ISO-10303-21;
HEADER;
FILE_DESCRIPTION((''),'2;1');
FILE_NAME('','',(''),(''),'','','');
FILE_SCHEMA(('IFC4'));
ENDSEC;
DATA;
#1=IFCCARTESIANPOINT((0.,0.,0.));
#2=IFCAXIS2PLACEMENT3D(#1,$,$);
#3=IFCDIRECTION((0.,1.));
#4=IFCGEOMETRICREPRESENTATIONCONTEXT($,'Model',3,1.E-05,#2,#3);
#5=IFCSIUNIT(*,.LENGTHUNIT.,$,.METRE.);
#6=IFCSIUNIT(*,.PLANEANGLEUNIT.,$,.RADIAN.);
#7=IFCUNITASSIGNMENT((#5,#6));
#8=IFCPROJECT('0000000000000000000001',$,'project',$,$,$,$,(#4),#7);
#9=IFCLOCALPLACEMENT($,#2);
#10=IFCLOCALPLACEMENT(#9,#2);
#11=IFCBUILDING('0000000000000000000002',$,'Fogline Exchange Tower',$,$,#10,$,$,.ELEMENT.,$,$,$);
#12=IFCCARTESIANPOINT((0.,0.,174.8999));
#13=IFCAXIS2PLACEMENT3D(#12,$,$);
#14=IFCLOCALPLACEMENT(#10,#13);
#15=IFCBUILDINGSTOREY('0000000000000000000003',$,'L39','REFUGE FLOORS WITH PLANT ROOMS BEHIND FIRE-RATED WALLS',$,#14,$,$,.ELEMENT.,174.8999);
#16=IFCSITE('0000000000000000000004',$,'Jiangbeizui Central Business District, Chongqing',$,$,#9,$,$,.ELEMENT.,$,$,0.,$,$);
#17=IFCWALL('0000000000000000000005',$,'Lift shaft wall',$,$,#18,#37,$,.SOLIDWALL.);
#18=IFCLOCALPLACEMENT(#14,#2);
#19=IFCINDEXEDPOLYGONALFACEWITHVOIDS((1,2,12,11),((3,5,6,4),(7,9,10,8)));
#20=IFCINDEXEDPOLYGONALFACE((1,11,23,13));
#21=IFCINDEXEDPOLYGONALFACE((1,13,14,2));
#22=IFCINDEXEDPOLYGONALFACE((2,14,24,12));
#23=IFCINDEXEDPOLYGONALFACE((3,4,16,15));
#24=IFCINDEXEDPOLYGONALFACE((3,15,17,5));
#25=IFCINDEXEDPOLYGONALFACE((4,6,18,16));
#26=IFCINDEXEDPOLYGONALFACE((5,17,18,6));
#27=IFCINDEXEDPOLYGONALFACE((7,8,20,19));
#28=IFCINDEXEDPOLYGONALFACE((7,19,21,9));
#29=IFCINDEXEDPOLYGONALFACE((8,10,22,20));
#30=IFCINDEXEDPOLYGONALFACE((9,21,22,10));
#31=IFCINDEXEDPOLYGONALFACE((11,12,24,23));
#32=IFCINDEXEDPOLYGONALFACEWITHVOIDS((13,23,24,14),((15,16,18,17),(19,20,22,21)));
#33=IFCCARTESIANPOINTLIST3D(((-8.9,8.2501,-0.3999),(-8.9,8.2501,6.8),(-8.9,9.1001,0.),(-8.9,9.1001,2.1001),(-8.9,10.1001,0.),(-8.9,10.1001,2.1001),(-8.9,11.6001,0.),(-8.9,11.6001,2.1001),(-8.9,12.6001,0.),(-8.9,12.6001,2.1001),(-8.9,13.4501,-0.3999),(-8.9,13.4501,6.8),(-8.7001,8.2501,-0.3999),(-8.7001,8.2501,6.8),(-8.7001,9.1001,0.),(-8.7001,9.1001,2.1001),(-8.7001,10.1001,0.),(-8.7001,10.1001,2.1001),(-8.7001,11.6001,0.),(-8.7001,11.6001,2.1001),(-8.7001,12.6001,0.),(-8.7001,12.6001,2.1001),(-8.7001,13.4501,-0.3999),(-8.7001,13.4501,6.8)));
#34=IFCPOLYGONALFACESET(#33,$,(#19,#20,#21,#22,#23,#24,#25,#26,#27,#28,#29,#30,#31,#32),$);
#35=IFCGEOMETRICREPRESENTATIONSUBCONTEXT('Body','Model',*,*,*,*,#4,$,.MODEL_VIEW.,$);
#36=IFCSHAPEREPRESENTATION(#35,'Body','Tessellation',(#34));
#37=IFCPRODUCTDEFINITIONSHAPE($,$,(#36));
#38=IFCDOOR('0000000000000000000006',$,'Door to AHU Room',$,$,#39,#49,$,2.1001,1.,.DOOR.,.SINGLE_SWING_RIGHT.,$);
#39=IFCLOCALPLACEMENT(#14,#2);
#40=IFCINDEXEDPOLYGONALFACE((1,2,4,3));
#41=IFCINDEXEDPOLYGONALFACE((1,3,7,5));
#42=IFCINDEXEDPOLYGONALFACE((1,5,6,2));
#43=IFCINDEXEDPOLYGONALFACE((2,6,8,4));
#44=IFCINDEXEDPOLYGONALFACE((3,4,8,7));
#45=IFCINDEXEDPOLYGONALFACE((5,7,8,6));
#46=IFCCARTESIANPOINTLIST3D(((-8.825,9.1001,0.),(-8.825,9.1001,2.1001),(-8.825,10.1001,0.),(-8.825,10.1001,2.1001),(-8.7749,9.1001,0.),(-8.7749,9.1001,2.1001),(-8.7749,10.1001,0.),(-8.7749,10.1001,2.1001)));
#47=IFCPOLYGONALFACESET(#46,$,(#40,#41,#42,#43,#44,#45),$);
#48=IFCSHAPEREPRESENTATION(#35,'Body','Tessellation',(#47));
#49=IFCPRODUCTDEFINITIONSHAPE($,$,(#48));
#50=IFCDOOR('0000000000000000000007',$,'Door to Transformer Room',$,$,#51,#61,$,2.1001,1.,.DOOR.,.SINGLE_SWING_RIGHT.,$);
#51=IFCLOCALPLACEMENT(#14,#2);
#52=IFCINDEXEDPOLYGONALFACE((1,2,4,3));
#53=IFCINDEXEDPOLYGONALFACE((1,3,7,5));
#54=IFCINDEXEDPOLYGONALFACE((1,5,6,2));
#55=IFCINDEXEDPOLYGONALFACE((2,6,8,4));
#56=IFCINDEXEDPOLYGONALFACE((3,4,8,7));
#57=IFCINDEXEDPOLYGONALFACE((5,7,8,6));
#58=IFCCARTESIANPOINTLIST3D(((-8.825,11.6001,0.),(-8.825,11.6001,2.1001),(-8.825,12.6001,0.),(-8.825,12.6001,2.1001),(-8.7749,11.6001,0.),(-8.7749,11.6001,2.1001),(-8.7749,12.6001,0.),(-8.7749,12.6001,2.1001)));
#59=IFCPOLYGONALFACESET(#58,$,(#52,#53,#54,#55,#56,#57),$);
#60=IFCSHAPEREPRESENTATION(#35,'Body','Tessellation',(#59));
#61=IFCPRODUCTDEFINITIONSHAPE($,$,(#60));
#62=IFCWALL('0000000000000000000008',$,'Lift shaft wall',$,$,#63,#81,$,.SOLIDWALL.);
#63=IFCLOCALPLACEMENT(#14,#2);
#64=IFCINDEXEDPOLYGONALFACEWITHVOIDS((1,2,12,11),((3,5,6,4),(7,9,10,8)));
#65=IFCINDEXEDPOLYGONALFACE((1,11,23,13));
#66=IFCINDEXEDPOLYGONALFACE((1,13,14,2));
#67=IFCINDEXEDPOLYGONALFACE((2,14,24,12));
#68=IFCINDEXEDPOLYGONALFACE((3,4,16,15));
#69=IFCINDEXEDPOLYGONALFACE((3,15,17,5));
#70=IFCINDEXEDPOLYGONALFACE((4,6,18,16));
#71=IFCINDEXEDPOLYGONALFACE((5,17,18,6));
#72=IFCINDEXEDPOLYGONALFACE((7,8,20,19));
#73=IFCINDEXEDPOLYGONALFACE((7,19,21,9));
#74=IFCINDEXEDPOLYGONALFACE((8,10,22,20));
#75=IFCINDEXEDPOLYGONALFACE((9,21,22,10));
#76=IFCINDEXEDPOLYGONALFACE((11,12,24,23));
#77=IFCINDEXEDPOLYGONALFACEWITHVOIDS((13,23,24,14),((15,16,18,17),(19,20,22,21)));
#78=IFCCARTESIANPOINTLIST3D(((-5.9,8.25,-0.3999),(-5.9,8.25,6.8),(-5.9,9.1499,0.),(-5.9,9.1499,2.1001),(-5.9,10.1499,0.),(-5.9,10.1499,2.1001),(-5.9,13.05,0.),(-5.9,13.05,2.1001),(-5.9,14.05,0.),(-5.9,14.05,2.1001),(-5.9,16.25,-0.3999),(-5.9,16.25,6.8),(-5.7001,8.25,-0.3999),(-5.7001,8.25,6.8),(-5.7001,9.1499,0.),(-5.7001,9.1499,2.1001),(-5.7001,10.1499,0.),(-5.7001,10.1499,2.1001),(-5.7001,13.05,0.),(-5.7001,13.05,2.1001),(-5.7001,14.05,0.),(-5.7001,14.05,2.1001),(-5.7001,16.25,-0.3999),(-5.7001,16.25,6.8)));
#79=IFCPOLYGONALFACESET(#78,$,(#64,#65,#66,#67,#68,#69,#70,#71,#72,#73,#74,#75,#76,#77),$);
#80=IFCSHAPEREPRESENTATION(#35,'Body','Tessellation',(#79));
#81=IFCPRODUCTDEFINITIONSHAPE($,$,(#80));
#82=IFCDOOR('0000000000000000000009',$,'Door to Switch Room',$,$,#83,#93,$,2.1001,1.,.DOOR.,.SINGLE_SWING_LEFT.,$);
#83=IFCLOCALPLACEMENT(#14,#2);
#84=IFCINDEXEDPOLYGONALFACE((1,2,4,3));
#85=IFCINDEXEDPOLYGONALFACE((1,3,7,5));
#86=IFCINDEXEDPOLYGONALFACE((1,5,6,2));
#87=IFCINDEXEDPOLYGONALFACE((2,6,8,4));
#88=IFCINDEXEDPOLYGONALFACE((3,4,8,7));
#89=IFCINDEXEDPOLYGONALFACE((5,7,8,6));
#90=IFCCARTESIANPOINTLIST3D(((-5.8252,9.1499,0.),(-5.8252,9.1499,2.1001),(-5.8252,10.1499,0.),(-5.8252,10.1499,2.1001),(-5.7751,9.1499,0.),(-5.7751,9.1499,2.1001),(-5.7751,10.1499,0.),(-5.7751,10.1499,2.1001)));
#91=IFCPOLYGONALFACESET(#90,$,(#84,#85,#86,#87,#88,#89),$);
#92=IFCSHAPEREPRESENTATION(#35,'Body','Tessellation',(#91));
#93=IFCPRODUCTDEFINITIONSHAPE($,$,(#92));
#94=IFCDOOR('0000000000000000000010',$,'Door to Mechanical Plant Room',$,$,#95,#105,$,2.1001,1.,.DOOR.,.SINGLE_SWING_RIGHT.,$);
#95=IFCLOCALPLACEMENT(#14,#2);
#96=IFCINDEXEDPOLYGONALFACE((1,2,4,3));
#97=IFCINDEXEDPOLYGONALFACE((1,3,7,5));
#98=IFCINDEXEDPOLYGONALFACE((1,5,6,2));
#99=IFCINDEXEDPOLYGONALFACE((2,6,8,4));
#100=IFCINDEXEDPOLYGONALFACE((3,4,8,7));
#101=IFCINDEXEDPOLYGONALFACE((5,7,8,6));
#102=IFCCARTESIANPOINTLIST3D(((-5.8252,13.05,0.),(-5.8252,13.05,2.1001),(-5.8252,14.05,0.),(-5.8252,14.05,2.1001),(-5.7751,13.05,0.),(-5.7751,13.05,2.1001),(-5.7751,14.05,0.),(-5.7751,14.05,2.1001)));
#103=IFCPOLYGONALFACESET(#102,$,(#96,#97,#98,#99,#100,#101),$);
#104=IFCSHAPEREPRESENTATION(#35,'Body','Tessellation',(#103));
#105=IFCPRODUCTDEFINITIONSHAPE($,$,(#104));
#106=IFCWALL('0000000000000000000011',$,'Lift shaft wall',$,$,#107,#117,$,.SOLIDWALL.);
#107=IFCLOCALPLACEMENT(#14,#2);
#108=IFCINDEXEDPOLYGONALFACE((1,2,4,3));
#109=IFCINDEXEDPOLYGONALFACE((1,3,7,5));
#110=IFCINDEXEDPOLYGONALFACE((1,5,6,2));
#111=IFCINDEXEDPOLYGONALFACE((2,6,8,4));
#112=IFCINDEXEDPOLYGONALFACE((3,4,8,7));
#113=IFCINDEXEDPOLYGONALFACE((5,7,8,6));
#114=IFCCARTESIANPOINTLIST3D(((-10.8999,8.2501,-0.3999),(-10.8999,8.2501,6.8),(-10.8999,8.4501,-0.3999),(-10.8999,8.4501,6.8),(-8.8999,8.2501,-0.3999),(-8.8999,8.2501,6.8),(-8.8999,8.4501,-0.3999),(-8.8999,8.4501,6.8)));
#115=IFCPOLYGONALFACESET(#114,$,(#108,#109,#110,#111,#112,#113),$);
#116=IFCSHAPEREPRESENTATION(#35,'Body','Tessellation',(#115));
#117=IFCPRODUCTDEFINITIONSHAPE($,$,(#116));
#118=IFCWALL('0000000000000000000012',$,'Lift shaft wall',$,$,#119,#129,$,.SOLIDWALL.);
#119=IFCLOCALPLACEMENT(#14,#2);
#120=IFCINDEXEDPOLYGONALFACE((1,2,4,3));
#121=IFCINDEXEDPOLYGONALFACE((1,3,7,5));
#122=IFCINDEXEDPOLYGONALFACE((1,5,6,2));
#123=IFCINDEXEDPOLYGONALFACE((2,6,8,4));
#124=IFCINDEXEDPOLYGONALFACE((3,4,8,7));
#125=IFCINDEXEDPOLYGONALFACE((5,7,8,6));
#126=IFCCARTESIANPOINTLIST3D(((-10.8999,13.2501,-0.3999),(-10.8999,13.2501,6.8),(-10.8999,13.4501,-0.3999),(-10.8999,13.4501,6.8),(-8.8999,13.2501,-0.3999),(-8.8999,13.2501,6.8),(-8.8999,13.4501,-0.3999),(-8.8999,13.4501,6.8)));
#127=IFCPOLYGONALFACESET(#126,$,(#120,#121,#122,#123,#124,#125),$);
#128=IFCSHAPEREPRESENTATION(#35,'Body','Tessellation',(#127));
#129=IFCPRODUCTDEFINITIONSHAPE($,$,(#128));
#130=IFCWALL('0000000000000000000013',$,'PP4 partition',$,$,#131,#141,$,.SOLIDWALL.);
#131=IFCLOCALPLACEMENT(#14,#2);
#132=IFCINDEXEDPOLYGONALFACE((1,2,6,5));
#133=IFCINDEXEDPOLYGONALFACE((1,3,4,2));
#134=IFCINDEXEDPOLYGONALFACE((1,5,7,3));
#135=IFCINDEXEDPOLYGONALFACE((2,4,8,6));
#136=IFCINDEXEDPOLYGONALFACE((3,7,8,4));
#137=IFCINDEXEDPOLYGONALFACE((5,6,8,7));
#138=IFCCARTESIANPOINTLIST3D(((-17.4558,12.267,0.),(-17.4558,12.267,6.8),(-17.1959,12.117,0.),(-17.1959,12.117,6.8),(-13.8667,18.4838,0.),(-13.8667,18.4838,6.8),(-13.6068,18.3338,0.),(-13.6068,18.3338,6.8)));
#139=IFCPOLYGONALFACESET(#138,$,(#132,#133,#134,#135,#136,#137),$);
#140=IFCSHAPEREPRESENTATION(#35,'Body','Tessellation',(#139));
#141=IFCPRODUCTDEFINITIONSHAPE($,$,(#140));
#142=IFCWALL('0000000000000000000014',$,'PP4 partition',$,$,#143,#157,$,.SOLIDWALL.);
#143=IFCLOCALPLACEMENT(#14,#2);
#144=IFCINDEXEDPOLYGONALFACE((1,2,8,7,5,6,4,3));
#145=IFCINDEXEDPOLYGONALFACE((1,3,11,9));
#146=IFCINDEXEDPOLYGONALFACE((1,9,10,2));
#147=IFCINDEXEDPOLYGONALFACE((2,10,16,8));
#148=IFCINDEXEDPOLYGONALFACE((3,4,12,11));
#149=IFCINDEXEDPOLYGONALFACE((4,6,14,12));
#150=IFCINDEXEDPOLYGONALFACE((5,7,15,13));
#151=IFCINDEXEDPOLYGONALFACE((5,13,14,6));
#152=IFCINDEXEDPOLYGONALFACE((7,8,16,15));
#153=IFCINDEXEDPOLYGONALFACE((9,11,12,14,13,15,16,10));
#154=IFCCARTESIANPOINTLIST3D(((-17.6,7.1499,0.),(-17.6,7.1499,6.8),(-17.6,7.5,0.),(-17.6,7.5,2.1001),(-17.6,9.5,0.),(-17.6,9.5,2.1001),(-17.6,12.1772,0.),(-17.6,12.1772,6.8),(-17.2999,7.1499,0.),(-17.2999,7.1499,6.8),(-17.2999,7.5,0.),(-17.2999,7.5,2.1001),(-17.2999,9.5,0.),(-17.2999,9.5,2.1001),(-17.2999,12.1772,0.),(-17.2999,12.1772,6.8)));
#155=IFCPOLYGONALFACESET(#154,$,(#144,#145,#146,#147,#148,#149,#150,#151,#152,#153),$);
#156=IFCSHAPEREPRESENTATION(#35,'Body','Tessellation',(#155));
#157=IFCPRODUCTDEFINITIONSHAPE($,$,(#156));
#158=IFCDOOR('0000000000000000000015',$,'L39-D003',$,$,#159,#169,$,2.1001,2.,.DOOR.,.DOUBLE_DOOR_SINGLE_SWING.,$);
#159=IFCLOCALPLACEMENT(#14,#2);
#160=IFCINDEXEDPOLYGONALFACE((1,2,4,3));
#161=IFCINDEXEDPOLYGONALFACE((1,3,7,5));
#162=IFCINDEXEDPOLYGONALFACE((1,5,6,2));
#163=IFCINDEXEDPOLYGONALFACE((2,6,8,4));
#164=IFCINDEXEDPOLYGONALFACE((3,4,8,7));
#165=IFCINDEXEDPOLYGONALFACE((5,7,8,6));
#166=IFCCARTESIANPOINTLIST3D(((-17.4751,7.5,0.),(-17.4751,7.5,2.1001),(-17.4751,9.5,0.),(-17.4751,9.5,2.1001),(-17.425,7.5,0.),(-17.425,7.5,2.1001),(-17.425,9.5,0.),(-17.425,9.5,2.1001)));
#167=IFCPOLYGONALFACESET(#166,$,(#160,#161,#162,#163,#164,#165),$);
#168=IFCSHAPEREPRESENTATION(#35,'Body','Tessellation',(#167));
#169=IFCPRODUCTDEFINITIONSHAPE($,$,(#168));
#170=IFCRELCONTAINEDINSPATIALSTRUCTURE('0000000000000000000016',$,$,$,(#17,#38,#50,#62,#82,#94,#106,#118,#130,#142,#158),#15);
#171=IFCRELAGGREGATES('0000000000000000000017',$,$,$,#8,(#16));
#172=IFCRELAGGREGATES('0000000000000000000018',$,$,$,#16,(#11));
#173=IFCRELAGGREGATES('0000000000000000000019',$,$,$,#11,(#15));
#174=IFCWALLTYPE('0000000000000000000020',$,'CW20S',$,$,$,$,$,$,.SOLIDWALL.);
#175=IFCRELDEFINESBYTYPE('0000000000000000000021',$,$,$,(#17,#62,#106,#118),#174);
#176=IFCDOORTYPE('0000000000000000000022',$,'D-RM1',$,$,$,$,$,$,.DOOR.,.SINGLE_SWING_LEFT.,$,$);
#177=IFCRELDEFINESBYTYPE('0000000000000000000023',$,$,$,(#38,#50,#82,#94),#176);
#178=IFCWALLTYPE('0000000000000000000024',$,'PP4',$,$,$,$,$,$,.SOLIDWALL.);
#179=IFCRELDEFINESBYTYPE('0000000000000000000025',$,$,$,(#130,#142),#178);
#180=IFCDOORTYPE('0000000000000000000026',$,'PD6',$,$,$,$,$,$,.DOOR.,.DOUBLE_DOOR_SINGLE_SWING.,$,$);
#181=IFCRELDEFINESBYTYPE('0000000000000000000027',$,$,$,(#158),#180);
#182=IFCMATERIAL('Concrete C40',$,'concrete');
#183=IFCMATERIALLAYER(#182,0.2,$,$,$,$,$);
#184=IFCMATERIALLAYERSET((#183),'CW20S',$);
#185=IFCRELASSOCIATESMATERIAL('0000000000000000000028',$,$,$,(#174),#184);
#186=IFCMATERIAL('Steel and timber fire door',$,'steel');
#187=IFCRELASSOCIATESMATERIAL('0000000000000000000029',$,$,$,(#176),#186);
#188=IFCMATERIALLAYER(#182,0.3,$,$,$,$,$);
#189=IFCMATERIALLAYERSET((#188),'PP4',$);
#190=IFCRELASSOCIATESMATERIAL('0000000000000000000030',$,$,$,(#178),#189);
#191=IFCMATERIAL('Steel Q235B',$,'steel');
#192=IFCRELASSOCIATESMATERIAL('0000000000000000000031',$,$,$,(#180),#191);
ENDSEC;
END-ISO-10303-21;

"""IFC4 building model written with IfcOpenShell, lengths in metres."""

from ifc_helpers import new_model, si_unit, direction, frame, frame_2d, origin, place, context, subcontext, project, spatial, rectangle, extrude, material, layer, layer_set, type_object, element, fill, save


model = new_model("IFC4")

# Units and contexts
model_context = context("Model", 3, precision=1e-05, world=origin(), true_north=direction((0.0, 1.0)))
body_context = subcontext(model_context, "Body", "Model", "MODEL_VIEW")
ifc_project = project(units=[si_unit("LENGTHUNIT", "METRE"), si_unit("PLANEANGLEUNIT", "RADIAN")], contexts=[model_context])

# Site, building, storey
site_placement = place(None, origin())
site = spatial("IfcSite", under=ifc_project, at=site_placement, Name="Jiangbeizui Central Business District, Chongqing", CompositionType="ELEMENT", RefElevation=0.0)
building_placement = place(site_placement, origin())
building = spatial("IfcBuilding", under=site, at=building_placement, Name="Fogline Exchange Tower", CompositionType="ELEMENT")
storey_placement = place(building_placement, frame((0.0, 0.0, 174.8999)))
storey = spatial("IfcBuildingStorey", under=building, at=storey_placement, Name="L39", Description="REFUGE FLOORS WITH PLANT ROOMS BEHIND FIRE-RATED WALLS", CompositionType="ELEMENT", Elevation=174.8999)

# Shared definitions
ifc_material_1 = material(Name="Concrete C40", Category="concrete")

# Shared definitions
ifc_material_2 = material(Name="Steel and timber fire door", Category="steel")

# Walls, openings, doors
ifc_layer_1 = layer(ifc_material_1, 0.2)
ifc_layer_set_1 = layer_set([ifc_layer_1], Name="CW20S")
wall_type_1 = type_object("IfcWallType", Name="CW20S", PredefinedType="SOLIDWALL", material=ifc_layer_set_1)
wall_1_placement = place(storey_placement, frame((-8.8, 8.25, -0.3999), z_axis=(0.0, 0.0, 1.0), x_axis=(0.0, 1.0, 0.0)))
wall_1 = element("IfcWall", 1, at=wall_1_placement, inside=storey, type_object=wall_type_1, Name="Lift shaft wall", PredefinedType="SOLIDWALL", context=body_context, shape_type="SweptSolid", body=[
    extrude(rectangle(XDim=5.2, YDim=0.2, at=frame_2d((2.6001, 0.0))), origin(), (0.0, 0.0, 1.0), 7.2),
])
opening_1_placement = place(wall_1_placement, frame((0.8501, 0.0, 0.3999)))
opening_1 = element("IfcOpeningElement", 2, at=opening_1_placement, cuts=wall_1, PredefinedType="OPENING", context=body_context, shape_type="SweptSolid", body=[
    extrude(rectangle(XDim=1.0, YDim=2.1001, at=frame_2d((0.5, 1.05))), frame((0.0, 0.1099, 0.0), z_axis=(0.0, -1.0, 0.0), x_axis=(1.0, 0.0, 0.0)), (0.0, 0.0, 1.0), 0.22),
])
opening_2_placement = place(wall_1_placement, frame((3.3501, 0.0, 0.3999)))
opening_2 = element("IfcOpeningElement", 3, at=opening_2_placement, cuts=wall_1, PredefinedType="OPENING", context=body_context, shape_type="SweptSolid", body=[
    extrude(rectangle(XDim=1.0, YDim=2.1001, at=frame_2d((0.5, 1.05))), frame((0.0, 0.1099, 0.0), z_axis=(0.0, -1.0, 0.0), x_axis=(1.0, 0.0, 0.0)), (0.0, 0.0, 1.0), 0.22),
])
door_type_1 = type_object("IfcDoorType", Name="D-RM1", OperationType="SINGLE_SWING_LEFT", PredefinedType="DOOR", material=ifc_material_2)
door_1_placement = place(opening_1_placement, origin())
door_1 = element("IfcDoor", 4, at=door_1_placement, inside=storey, type_object=door_type_1, Name="Door to AHU Room", OperationType="SINGLE_SWING_RIGHT", OverallHeight=2.1001, OverallWidth=1.0, PredefinedType="DOOR", context=body_context, shape_type="SweptSolid", body=[
    extrude(rectangle(XDim=1.0, YDim=2.1001, at=frame_2d((0.5, 1.05))), frame((0.0, 0.0249, 0.0), z_axis=(0.0, -1.0, 0.0), x_axis=(1.0, 0.0, 0.0)), (0.0, 0.0, 1.0), 0.05),
])
fill(opening_1, door_1)
door_2_placement = place(opening_2_placement, origin())
door_2 = element("IfcDoor", 5, at=door_2_placement, inside=storey, type_object=door_type_1, Name="Door to Transformer Room", OperationType="SINGLE_SWING_RIGHT", OverallHeight=2.1001, OverallWidth=1.0, PredefinedType="DOOR", context=body_context, shape_type="SweptSolid", body=[
    extrude(rectangle(XDim=1.0, YDim=2.1001, at=frame_2d((0.5, 1.05))), frame((0.0, 0.0249, 0.0), z_axis=(0.0, -1.0, 0.0), x_axis=(1.0, 0.0, 0.0)), (0.0, 0.0, 1.0), 0.05),
])
fill(opening_2, door_2)
wall_2_placement = place(storey_placement, frame((-5.8, 8.25, -0.3999), z_axis=(0.0, 0.0, 1.0), x_axis=(0.0, 1.0, 0.0)))
wall_2 = element("IfcWall", 6, at=wall_2_placement, inside=storey, type_object=wall_type_1, Name="Lift shaft wall", PredefinedType="SOLIDWALL", context=body_context, shape_type="SweptSolid", body=[
    extrude(rectangle(XDim=8.0, YDim=0.2, at=frame_2d((4.0, 0.0))), origin(), (0.0, 0.0, 1.0), 7.2),
])
opening_3_placement = place(wall_2_placement, frame((0.8999, 0.0, 0.3999)))
opening_3 = element("IfcOpeningElement", 7, at=opening_3_placement, cuts=wall_2, PredefinedType="OPENING", context=body_context, shape_type="SweptSolid", body=[
    extrude(rectangle(XDim=1.0, YDim=2.1001, at=frame_2d((0.5, 1.05))), frame((0.0, 0.1099, 0.0), z_axis=(0.0, -1.0, 0.0), x_axis=(1.0, 0.0, 0.0)), (0.0, 0.0, 1.0), 0.22),
])
opening_4_placement = place(wall_2_placement, frame((4.8, 0.0, 0.3999)))
opening_4 = element("IfcOpeningElement", 8, at=opening_4_placement, cuts=wall_2, PredefinedType="OPENING", context=body_context, shape_type="SweptSolid", body=[
    extrude(rectangle(XDim=1.0, YDim=2.1001, at=frame_2d((0.5, 1.05))), frame((0.0, 0.1099, 0.0), z_axis=(0.0, -1.0, 0.0), x_axis=(1.0, 0.0, 0.0)), (0.0, 0.0, 1.0), 0.22),
])
door_3_placement = place(opening_3_placement, frame((1.0, 0.0, 0.0), z_axis=(0.0, 0.0, 1.0), x_axis=(-1.0, 0.0, 0.0)))
door_3 = element("IfcDoor", 9, at=door_3_placement, inside=storey, type_object=door_type_1, Name="Door to Switch Room", OperationType="SINGLE_SWING_LEFT", OverallHeight=2.1001, OverallWidth=1.0, PredefinedType="DOOR", context=body_context, shape_type="SweptSolid", body=[
    extrude(rectangle(XDim=1.0, YDim=2.1001, at=frame_2d((0.5, 1.05))), frame((0.0, 0.0249, 0.0), z_axis=(0.0, -1.0, 0.0), x_axis=(1.0, 0.0, 0.0)), (0.0, 0.0, 1.0), 0.05),
])
fill(opening_3, door_3)
door_4_placement = place(opening_4_placement, frame((1.0, 0.0, 0.0), z_axis=(0.0, 0.0, 1.0), x_axis=(-1.0, 0.0, 0.0)))
door_4 = element("IfcDoor", 10, at=door_4_placement, inside=storey, type_object=door_type_1, Name="Door to Mechanical Plant Room", OperationType="SINGLE_SWING_RIGHT", OverallHeight=2.1001, OverallWidth=1.0, PredefinedType="DOOR", context=body_context, shape_type="SweptSolid", body=[
    extrude(rectangle(XDim=1.0, YDim=2.1001, at=frame_2d((0.5, 1.05))), frame((0.0, 0.0249, 0.0), z_axis=(0.0, -1.0, 0.0), x_axis=(1.0, 0.0, 0.0)), (0.0, 0.0, 1.0), 0.05),
])
fill(opening_4, door_4)

# Walls
for number, where, z_axis, x_axis, name in (
    (11, (-10.8999, 8.3501, -0.3999), (0.0, 0.0, 1.0), (1.0, 0.0, 0.0), "Lift shaft wall"),
    (12, (-10.8999, 13.3501, -0.3999), (0.0, 0.0, 1.0), (1.0, 0.0, 0.0), "Lift shaft wall"),
):
    element("IfcWall", number, at=place(storey_placement, frame(where, z_axis=z_axis, x_axis=x_axis)), inside=storey, type_object=wall_type_1, Name=name, PredefinedType="SOLIDWALL", context=body_context, shape_type="SweptSolid", body=[
        extrude(rectangle(XDim=2.0, YDim=0.2, at=frame_2d((1.0, 0.0))), origin(), (0.0, 0.0, 1.0), 7.2),
    ])
ifc_layer_2 = layer(ifc_material_1, 0.3)
ifc_layer_set_2 = layer_set([ifc_layer_2], Name="PP4")
wall_type_2 = type_object("IfcWallType", Name="PP4", PredefinedType="SOLIDWALL", material=ifc_layer_set_2)
wall_3_placement = place(storey_placement, frame((-17.3259, 12.1919, 0.0), z_axis=(0.0, 0.0, 1.0), x_axis=(0.499983, 0.866035, 0.0)))
element("IfcWall", 13, at=wall_3_placement, inside=storey, type_object=wall_type_2, Name="PP4 partition", PredefinedType="SOLIDWALL", context=body_context, shape_type="SweptSolid", body=[
    extrude(rectangle(XDim=7.1785, YDim=0.3, at=frame_2d((3.5894, 0.0))), origin(), (0.0, 0.0, 1.0), 6.8),
])

# Wall, opening, door
wall_4_placement = place(storey_placement, frame((-17.45, 7.1499, 0.0), z_axis=(0.0, 0.0, 1.0), x_axis=(0.0, 1.0, 0.0)))
wall_4 = element("IfcWall", 14, at=wall_4_placement, inside=storey, type_object=wall_type_2, Name="PP4 partition", PredefinedType="SOLIDWALL", context=body_context, shape_type="SweptSolid", body=[
    extrude(rectangle(XDim=5.0273, YDim=0.3, at=frame_2d((2.5137, 0.0))), origin(), (0.0, 0.0, 1.0), 6.8),
])
opening_5_placement = place(wall_4_placement, frame((0.3501, 0.0, 0.0)))
opening_5 = element("IfcOpeningElement", 15, at=opening_5_placement, cuts=wall_4, PredefinedType="OPENING", context=body_context, shape_type="SweptSolid", body=[
    extrude(rectangle(XDim=2.0, YDim=2.1001, at=frame_2d((1.0, 1.05))), frame((0.0, 0.1602, 0.0), z_axis=(0.0, -1.0, 0.0), x_axis=(1.0, 0.0, 0.0)), (0.0, 0.0, 1.0), 0.3201),
])
ifc_material_3 = material(Name="Steel Q235B", Category="steel")
door_type_2 = type_object("IfcDoorType", Name="PD6", OperationType="DOUBLE_DOOR_SINGLE_SWING", PredefinedType="DOOR", material=ifc_material_3)
door_5_placement = place(opening_5_placement, frame((2.0, 0.0, 0.0), z_axis=(0.0, 0.0, 1.0), x_axis=(-1.0, 0.0, 0.0)))
door_5 = element("IfcDoor", 16, at=door_5_placement, inside=storey, type_object=door_type_2, Name="L39-D003", OperationType="DOUBLE_DOOR_SINGLE_SWING", OverallHeight=2.1001, OverallWidth=2.0, PredefinedType="DOOR", context=body_context, shape_type="SweptSolid", body=[
    extrude(rectangle(XDim=2.0, YDim=2.1001, at=frame_2d((1.0, 1.05))), frame((0.0, 0.0249, 0.0), z_axis=(0.0, -1.0, 0.0), x_axis=(1.0, 0.0, 0.0)), (0.0, 0.0, 1.0), 0.05),
])
fill(opening_5, door_5)

save(model, "model.ifc")
